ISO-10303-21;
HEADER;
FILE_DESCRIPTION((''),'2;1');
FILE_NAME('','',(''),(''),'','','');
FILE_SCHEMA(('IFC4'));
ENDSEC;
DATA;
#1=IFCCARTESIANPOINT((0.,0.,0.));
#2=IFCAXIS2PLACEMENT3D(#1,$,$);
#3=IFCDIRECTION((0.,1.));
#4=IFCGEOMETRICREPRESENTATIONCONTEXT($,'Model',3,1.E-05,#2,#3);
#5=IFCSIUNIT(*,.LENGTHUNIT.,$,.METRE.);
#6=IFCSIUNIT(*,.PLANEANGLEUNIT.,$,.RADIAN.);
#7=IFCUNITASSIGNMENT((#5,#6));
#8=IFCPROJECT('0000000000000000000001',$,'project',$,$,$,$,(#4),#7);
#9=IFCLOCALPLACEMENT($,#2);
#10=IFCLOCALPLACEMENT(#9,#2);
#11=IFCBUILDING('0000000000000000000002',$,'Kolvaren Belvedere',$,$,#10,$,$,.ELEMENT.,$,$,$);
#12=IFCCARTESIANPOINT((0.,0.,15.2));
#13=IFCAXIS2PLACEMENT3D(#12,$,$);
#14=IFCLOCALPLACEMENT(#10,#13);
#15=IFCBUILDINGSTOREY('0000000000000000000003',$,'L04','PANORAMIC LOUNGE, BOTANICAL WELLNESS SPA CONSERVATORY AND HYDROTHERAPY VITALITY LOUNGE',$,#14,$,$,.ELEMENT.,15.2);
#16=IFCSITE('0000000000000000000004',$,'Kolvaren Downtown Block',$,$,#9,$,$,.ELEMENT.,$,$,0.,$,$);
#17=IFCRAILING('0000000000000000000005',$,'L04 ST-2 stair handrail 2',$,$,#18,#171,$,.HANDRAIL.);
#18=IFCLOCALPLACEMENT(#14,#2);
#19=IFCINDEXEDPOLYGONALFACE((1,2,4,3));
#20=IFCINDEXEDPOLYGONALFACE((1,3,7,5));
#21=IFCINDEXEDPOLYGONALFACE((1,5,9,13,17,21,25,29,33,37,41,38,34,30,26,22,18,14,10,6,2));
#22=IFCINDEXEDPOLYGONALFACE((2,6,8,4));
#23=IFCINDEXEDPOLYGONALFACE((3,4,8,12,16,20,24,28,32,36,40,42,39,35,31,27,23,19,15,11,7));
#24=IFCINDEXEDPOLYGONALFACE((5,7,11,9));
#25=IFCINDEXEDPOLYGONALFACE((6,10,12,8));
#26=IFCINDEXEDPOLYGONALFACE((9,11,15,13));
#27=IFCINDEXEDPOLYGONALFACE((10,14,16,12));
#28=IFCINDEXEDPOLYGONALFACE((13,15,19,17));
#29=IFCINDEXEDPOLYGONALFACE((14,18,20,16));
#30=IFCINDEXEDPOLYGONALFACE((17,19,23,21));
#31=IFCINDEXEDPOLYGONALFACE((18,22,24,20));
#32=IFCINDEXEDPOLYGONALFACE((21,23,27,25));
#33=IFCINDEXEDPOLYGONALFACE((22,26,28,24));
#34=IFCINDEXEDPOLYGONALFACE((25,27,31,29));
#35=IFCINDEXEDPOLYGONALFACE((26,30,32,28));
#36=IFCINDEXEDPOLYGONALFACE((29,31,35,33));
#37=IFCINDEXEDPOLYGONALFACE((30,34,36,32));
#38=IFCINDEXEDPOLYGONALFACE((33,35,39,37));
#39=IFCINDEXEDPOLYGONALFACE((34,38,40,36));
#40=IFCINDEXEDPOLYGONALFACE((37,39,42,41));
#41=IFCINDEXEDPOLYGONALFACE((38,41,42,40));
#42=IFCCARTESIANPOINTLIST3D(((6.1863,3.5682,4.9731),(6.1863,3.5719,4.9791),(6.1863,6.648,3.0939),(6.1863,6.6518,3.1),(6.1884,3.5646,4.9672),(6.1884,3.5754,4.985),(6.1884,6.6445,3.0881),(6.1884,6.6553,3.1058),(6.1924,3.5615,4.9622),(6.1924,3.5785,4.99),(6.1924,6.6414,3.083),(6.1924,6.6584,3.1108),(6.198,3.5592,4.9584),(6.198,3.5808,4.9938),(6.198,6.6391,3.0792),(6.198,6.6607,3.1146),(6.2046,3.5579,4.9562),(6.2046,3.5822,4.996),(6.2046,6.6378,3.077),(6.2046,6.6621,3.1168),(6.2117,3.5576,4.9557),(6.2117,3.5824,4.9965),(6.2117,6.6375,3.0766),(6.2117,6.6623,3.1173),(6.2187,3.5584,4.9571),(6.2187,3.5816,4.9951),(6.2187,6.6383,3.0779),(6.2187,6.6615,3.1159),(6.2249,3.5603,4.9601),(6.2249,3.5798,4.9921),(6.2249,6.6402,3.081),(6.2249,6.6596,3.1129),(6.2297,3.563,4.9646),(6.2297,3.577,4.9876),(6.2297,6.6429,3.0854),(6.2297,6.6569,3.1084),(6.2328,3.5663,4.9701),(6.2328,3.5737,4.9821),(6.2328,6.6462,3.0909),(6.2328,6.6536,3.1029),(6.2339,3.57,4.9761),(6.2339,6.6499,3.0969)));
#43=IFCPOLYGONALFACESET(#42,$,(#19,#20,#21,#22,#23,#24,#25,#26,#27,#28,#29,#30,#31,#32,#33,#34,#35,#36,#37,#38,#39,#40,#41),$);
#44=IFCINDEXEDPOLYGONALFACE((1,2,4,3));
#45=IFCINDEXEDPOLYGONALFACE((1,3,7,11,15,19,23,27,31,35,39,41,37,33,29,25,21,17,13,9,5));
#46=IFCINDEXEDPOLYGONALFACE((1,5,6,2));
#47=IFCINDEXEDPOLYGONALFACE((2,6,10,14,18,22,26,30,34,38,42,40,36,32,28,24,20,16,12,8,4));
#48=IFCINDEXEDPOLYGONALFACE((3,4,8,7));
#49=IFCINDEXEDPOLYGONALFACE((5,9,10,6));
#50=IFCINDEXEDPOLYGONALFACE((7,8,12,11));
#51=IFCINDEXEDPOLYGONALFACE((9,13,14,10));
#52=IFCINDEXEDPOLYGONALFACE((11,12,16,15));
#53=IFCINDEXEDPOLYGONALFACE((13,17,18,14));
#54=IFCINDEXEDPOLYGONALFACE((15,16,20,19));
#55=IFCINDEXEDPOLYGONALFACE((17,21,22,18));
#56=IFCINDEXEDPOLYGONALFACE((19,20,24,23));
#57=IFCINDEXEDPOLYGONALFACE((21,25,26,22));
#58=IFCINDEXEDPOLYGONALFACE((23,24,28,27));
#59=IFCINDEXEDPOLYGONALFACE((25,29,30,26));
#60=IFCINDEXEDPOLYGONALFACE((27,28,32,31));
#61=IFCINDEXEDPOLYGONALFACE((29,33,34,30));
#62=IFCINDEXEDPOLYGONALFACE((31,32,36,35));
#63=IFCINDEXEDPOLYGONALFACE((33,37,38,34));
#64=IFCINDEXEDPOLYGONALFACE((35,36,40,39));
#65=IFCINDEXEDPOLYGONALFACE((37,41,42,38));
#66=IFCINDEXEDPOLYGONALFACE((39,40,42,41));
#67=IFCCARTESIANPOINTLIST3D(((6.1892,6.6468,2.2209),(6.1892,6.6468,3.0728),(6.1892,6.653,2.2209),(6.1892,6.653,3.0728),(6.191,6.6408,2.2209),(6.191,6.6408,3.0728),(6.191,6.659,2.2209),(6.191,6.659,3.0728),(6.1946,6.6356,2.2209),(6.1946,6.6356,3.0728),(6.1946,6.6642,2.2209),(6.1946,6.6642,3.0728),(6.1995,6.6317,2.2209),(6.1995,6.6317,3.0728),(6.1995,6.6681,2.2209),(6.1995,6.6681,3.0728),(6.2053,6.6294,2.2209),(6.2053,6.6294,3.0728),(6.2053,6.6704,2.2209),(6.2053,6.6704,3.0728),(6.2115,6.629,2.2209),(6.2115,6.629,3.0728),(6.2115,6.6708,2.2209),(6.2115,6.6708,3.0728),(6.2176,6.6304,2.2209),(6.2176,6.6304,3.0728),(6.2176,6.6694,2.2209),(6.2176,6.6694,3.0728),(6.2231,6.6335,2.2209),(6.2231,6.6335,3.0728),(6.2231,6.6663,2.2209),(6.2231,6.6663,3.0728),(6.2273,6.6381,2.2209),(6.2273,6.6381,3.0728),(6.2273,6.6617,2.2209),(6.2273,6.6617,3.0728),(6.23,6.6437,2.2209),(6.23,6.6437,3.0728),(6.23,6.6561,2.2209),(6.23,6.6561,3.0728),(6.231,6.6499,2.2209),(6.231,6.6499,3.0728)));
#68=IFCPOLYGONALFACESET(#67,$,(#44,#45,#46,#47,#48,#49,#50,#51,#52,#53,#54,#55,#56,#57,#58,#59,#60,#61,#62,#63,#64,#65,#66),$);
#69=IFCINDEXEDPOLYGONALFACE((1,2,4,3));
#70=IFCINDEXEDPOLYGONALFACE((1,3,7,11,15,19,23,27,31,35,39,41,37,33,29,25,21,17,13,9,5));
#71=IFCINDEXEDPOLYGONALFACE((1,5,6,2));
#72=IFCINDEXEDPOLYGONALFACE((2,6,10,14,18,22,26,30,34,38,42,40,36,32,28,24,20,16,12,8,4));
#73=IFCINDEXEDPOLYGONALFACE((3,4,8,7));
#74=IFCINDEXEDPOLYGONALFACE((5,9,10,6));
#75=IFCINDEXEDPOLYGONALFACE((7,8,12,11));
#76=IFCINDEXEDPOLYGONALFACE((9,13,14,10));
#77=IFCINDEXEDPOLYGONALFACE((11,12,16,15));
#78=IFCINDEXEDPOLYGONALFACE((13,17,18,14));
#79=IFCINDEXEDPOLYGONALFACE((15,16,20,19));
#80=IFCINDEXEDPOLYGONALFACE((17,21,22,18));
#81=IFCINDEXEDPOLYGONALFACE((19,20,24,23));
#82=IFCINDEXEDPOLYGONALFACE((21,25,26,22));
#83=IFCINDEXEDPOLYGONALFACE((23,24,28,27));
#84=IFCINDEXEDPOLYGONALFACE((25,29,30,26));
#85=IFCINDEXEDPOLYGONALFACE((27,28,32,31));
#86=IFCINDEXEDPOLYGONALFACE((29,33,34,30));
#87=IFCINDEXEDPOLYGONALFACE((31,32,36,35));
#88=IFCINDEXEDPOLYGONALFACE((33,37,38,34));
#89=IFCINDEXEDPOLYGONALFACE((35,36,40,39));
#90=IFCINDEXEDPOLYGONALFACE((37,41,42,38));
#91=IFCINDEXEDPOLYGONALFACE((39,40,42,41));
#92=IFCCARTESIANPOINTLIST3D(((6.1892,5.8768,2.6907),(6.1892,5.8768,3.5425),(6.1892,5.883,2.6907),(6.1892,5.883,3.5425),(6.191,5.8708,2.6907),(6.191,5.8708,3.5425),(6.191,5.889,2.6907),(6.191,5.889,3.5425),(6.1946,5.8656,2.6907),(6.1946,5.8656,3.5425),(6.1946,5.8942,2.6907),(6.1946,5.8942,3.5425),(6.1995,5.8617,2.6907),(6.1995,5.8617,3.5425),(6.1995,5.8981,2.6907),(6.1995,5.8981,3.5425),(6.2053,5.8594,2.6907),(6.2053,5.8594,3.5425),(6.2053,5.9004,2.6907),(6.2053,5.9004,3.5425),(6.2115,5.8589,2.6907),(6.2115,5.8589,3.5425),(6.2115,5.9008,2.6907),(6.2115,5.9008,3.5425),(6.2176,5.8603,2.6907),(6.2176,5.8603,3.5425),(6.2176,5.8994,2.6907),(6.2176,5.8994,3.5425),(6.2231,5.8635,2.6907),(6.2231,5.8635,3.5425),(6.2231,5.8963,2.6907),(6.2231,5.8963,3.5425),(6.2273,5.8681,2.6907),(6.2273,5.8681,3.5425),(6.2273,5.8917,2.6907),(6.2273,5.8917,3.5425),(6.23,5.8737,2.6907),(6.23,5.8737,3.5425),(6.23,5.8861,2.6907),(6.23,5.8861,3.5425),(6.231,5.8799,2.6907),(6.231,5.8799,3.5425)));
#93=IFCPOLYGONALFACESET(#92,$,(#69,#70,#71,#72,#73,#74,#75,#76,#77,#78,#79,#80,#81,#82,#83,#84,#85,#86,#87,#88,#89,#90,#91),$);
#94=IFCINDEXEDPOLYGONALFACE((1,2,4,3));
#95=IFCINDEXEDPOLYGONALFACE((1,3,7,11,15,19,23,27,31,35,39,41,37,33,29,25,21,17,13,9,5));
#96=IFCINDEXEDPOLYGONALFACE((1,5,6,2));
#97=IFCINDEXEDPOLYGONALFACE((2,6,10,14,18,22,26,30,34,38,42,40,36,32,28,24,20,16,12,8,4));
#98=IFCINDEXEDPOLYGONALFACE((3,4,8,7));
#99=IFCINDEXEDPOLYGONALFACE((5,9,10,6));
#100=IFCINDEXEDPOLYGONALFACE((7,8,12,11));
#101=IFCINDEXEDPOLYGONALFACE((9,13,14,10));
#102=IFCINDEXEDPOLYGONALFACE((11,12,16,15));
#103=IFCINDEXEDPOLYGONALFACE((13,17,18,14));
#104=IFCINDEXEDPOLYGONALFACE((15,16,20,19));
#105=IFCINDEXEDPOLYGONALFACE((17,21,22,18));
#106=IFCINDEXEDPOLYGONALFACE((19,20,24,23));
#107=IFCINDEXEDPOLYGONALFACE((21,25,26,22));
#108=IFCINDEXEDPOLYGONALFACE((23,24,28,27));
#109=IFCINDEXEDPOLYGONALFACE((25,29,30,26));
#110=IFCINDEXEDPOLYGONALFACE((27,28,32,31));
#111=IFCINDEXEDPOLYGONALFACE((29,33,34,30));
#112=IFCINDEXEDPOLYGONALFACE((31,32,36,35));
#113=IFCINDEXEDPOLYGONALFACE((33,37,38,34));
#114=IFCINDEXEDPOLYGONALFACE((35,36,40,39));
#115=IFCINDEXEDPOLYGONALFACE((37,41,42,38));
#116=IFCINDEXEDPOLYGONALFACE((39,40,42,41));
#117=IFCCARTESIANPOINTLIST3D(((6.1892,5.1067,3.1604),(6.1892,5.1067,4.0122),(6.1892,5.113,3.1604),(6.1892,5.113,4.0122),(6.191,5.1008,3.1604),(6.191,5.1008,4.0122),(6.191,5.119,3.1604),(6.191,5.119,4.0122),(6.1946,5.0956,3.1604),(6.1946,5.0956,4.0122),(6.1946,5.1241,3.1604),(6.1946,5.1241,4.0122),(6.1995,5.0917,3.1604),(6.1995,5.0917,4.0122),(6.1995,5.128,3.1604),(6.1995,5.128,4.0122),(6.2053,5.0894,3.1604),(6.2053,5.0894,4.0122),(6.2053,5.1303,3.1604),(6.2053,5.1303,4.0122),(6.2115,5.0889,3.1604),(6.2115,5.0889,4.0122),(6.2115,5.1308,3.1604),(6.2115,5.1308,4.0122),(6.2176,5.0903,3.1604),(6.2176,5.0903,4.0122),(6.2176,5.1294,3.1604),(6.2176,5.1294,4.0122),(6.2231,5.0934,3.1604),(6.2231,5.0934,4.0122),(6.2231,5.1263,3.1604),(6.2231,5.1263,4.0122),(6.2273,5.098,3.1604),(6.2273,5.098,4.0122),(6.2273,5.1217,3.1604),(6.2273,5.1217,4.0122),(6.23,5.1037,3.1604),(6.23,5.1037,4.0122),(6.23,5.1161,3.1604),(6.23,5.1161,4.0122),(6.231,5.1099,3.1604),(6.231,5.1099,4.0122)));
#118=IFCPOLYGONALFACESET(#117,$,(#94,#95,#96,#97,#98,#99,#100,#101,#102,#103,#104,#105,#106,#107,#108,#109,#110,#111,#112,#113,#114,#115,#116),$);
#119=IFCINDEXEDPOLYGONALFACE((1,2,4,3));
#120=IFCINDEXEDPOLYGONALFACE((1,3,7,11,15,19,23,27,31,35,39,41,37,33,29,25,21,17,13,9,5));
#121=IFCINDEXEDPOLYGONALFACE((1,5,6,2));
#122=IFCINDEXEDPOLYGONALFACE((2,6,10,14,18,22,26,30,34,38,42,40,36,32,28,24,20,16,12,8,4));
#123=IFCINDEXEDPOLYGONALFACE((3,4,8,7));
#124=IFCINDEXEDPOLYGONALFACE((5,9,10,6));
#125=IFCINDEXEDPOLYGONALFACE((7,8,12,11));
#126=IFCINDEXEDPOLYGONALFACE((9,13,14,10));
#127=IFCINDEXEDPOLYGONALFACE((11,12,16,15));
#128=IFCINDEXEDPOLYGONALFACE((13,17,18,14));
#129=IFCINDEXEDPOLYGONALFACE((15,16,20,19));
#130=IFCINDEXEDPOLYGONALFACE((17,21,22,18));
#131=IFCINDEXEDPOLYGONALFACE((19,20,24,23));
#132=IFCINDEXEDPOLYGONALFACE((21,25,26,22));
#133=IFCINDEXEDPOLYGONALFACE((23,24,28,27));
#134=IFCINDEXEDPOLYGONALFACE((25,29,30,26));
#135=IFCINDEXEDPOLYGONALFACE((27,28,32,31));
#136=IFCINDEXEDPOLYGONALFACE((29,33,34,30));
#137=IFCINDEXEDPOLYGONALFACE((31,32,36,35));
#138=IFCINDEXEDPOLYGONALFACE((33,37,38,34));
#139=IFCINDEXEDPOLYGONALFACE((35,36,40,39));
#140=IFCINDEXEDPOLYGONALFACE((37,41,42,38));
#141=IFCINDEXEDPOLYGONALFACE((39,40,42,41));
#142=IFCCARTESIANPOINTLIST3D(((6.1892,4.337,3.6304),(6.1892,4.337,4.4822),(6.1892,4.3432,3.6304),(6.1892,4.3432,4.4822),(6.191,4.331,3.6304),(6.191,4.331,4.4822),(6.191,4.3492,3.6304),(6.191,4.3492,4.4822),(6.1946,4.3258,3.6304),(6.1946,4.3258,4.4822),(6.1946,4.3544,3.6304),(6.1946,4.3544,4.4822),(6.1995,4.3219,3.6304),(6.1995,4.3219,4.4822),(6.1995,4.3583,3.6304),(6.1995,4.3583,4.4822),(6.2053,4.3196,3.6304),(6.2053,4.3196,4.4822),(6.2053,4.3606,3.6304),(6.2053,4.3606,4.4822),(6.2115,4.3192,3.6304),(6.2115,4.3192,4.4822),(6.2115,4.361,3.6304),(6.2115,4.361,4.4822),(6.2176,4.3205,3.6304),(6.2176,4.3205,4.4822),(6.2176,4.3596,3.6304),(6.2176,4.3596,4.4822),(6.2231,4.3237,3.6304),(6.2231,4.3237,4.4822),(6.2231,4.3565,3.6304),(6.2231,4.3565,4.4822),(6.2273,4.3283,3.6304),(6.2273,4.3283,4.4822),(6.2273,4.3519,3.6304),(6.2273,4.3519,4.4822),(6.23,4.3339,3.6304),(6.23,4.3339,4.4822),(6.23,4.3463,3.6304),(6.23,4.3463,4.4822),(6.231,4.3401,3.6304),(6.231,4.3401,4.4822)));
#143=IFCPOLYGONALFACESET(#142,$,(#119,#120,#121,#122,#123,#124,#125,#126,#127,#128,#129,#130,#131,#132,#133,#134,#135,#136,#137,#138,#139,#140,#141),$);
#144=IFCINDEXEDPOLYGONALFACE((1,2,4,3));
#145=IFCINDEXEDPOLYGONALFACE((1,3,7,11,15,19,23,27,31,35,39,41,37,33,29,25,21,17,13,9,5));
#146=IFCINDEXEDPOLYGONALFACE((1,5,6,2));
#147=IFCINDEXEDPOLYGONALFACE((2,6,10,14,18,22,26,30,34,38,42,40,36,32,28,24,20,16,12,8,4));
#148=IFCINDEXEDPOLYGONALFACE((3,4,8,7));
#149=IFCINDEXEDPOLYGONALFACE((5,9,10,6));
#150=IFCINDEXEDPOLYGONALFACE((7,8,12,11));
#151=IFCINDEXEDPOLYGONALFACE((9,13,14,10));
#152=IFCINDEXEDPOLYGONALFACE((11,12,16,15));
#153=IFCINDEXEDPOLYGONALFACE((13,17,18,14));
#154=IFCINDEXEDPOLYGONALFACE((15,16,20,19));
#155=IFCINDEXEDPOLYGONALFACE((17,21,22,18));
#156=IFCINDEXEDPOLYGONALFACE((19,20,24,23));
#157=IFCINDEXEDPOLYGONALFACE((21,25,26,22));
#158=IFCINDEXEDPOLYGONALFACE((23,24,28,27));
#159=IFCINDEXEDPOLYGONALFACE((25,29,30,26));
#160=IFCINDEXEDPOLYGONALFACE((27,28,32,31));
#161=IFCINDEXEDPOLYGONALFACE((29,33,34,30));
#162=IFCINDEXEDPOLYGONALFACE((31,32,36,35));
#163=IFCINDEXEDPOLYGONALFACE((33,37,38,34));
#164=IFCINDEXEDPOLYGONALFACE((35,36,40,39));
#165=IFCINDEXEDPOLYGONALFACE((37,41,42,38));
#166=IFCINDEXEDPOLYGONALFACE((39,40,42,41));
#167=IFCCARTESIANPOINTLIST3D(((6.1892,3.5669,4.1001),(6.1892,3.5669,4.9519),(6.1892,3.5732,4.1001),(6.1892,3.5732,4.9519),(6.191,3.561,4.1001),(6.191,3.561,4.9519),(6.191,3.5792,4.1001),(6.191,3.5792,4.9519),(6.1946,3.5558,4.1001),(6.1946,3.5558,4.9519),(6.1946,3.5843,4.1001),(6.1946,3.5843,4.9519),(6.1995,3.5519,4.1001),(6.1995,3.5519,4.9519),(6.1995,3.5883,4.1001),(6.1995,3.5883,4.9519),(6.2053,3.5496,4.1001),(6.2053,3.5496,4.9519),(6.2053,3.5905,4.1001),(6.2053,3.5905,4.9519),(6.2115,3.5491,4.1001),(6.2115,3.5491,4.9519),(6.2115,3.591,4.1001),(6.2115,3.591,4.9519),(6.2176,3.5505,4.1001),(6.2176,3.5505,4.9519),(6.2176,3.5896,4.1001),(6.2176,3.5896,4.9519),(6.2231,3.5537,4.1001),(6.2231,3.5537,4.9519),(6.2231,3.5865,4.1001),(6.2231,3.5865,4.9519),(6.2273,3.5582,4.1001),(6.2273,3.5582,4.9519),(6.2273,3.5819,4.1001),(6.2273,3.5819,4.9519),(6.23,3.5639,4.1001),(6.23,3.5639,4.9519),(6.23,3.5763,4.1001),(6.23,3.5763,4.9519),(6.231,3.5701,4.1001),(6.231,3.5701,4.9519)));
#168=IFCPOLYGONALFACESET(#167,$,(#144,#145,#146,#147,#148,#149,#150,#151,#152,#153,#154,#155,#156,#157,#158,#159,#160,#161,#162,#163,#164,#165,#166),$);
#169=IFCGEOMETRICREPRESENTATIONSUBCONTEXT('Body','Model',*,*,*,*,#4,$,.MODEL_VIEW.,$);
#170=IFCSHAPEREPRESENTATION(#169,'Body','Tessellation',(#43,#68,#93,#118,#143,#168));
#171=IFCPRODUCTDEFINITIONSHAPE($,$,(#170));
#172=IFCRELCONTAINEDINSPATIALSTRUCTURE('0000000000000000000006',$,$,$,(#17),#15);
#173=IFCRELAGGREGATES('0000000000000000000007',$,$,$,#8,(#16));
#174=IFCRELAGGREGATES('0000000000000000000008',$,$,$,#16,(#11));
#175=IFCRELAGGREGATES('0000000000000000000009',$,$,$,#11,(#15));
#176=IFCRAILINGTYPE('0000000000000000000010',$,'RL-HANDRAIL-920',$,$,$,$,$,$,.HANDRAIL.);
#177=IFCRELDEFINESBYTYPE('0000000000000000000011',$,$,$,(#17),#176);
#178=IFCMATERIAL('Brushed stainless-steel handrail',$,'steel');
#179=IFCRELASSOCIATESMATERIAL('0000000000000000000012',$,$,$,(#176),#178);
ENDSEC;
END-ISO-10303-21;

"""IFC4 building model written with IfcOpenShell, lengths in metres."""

from ifc_helpers import new_model, si_unit, direction, frame, origin, origin_2d, place, context, subcontext, project, spatial, circle, extrude, material, type_object, element, save


model = new_model("IFC4")

# Units and contexts
model_context = context("Model", 3, precision=1e-05, world=origin(), true_north=direction((0.0, 1.0)))
body_context = subcontext(model_context, "Body", "Model", "MODEL_VIEW")
ifc_project = project(units=[si_unit("LENGTHUNIT", "METRE"), si_unit("PLANEANGLEUNIT", "RADIAN")], contexts=[model_context])

# Site, building, storey
site_placement = place(None, origin())
site = spatial("IfcSite", under=ifc_project, at=site_placement, Name="Kolvaren Downtown Block", CompositionType="ELEMENT", RefElevation=0.0)
building_placement = place(site_placement, origin())
building = spatial("IfcBuilding", under=site, at=building_placement, Name="Kolvaren Belvedere", CompositionType="ELEMENT")
storey_placement = place(building_placement, frame((0.0, 0.0, 15.2)))
storey = spatial("IfcBuildingStorey", under=building, at=storey_placement, Name="L04", Description="PANORAMIC LOUNGE, BOTANICAL WELLNESS SPA CONSERVATORY AND HYDROTHERAPY VITALITY LOUNGE", CompositionType="ELEMENT", Elevation=15.2)

# Railing
ifc_material_1 = material(Name="Brushed stainless-steel handrail", Category="steel")
railing_type_1 = type_object("IfcRailingType", Name="RL-HANDRAIL-920", PredefinedType="HANDRAIL", material=ifc_material_1)
railing_1_placement = place(storey_placement, frame((6.21, 6.6499, 2.2209)))
element("IfcRailing", 1, at=railing_1_placement, inside=storey, type_object=railing_type_1, Name="L04 ST-2 stair handrail 2", PredefinedType="HANDRAIL", context=body_context, shape_type="SweptSolid", body=[
    extrude(circle(Radius=0.0239, at=origin_2d()), frame((0.0, 0.0, 0.876), z_axis=(0.0, -0.853648, 0.52085), x_axis=(1.0, 0.0, 0.0)), (0.0, 0.0, 1.0), 3.6079),
    extrude(circle(Radius=0.021, at=origin_2d()), origin(), (0.0, 0.0, 1.0), 0.8518),
    extrude(circle(Radius=0.021, at=origin_2d()), frame((0.0, -0.77, 0.4697)), (0.0, 0.0, 1.0), 0.8518),
    extrude(circle(Radius=0.021, at=origin_2d()), frame((0.0, -1.54, 0.9395)), (0.0, 0.0, 1.0), 0.8518),
    extrude(circle(Radius=0.021, at=origin_2d()), frame((0.0, -2.3098, 1.4094)), (0.0, 0.0, 1.0), 0.8518),
    extrude(circle(Radius=0.021, at=origin_2d()), frame((0.0, -3.0798, 1.8792)), (0.0, 0.0, 1.0), 0.8518),
])

save(model, "model.ifc")
